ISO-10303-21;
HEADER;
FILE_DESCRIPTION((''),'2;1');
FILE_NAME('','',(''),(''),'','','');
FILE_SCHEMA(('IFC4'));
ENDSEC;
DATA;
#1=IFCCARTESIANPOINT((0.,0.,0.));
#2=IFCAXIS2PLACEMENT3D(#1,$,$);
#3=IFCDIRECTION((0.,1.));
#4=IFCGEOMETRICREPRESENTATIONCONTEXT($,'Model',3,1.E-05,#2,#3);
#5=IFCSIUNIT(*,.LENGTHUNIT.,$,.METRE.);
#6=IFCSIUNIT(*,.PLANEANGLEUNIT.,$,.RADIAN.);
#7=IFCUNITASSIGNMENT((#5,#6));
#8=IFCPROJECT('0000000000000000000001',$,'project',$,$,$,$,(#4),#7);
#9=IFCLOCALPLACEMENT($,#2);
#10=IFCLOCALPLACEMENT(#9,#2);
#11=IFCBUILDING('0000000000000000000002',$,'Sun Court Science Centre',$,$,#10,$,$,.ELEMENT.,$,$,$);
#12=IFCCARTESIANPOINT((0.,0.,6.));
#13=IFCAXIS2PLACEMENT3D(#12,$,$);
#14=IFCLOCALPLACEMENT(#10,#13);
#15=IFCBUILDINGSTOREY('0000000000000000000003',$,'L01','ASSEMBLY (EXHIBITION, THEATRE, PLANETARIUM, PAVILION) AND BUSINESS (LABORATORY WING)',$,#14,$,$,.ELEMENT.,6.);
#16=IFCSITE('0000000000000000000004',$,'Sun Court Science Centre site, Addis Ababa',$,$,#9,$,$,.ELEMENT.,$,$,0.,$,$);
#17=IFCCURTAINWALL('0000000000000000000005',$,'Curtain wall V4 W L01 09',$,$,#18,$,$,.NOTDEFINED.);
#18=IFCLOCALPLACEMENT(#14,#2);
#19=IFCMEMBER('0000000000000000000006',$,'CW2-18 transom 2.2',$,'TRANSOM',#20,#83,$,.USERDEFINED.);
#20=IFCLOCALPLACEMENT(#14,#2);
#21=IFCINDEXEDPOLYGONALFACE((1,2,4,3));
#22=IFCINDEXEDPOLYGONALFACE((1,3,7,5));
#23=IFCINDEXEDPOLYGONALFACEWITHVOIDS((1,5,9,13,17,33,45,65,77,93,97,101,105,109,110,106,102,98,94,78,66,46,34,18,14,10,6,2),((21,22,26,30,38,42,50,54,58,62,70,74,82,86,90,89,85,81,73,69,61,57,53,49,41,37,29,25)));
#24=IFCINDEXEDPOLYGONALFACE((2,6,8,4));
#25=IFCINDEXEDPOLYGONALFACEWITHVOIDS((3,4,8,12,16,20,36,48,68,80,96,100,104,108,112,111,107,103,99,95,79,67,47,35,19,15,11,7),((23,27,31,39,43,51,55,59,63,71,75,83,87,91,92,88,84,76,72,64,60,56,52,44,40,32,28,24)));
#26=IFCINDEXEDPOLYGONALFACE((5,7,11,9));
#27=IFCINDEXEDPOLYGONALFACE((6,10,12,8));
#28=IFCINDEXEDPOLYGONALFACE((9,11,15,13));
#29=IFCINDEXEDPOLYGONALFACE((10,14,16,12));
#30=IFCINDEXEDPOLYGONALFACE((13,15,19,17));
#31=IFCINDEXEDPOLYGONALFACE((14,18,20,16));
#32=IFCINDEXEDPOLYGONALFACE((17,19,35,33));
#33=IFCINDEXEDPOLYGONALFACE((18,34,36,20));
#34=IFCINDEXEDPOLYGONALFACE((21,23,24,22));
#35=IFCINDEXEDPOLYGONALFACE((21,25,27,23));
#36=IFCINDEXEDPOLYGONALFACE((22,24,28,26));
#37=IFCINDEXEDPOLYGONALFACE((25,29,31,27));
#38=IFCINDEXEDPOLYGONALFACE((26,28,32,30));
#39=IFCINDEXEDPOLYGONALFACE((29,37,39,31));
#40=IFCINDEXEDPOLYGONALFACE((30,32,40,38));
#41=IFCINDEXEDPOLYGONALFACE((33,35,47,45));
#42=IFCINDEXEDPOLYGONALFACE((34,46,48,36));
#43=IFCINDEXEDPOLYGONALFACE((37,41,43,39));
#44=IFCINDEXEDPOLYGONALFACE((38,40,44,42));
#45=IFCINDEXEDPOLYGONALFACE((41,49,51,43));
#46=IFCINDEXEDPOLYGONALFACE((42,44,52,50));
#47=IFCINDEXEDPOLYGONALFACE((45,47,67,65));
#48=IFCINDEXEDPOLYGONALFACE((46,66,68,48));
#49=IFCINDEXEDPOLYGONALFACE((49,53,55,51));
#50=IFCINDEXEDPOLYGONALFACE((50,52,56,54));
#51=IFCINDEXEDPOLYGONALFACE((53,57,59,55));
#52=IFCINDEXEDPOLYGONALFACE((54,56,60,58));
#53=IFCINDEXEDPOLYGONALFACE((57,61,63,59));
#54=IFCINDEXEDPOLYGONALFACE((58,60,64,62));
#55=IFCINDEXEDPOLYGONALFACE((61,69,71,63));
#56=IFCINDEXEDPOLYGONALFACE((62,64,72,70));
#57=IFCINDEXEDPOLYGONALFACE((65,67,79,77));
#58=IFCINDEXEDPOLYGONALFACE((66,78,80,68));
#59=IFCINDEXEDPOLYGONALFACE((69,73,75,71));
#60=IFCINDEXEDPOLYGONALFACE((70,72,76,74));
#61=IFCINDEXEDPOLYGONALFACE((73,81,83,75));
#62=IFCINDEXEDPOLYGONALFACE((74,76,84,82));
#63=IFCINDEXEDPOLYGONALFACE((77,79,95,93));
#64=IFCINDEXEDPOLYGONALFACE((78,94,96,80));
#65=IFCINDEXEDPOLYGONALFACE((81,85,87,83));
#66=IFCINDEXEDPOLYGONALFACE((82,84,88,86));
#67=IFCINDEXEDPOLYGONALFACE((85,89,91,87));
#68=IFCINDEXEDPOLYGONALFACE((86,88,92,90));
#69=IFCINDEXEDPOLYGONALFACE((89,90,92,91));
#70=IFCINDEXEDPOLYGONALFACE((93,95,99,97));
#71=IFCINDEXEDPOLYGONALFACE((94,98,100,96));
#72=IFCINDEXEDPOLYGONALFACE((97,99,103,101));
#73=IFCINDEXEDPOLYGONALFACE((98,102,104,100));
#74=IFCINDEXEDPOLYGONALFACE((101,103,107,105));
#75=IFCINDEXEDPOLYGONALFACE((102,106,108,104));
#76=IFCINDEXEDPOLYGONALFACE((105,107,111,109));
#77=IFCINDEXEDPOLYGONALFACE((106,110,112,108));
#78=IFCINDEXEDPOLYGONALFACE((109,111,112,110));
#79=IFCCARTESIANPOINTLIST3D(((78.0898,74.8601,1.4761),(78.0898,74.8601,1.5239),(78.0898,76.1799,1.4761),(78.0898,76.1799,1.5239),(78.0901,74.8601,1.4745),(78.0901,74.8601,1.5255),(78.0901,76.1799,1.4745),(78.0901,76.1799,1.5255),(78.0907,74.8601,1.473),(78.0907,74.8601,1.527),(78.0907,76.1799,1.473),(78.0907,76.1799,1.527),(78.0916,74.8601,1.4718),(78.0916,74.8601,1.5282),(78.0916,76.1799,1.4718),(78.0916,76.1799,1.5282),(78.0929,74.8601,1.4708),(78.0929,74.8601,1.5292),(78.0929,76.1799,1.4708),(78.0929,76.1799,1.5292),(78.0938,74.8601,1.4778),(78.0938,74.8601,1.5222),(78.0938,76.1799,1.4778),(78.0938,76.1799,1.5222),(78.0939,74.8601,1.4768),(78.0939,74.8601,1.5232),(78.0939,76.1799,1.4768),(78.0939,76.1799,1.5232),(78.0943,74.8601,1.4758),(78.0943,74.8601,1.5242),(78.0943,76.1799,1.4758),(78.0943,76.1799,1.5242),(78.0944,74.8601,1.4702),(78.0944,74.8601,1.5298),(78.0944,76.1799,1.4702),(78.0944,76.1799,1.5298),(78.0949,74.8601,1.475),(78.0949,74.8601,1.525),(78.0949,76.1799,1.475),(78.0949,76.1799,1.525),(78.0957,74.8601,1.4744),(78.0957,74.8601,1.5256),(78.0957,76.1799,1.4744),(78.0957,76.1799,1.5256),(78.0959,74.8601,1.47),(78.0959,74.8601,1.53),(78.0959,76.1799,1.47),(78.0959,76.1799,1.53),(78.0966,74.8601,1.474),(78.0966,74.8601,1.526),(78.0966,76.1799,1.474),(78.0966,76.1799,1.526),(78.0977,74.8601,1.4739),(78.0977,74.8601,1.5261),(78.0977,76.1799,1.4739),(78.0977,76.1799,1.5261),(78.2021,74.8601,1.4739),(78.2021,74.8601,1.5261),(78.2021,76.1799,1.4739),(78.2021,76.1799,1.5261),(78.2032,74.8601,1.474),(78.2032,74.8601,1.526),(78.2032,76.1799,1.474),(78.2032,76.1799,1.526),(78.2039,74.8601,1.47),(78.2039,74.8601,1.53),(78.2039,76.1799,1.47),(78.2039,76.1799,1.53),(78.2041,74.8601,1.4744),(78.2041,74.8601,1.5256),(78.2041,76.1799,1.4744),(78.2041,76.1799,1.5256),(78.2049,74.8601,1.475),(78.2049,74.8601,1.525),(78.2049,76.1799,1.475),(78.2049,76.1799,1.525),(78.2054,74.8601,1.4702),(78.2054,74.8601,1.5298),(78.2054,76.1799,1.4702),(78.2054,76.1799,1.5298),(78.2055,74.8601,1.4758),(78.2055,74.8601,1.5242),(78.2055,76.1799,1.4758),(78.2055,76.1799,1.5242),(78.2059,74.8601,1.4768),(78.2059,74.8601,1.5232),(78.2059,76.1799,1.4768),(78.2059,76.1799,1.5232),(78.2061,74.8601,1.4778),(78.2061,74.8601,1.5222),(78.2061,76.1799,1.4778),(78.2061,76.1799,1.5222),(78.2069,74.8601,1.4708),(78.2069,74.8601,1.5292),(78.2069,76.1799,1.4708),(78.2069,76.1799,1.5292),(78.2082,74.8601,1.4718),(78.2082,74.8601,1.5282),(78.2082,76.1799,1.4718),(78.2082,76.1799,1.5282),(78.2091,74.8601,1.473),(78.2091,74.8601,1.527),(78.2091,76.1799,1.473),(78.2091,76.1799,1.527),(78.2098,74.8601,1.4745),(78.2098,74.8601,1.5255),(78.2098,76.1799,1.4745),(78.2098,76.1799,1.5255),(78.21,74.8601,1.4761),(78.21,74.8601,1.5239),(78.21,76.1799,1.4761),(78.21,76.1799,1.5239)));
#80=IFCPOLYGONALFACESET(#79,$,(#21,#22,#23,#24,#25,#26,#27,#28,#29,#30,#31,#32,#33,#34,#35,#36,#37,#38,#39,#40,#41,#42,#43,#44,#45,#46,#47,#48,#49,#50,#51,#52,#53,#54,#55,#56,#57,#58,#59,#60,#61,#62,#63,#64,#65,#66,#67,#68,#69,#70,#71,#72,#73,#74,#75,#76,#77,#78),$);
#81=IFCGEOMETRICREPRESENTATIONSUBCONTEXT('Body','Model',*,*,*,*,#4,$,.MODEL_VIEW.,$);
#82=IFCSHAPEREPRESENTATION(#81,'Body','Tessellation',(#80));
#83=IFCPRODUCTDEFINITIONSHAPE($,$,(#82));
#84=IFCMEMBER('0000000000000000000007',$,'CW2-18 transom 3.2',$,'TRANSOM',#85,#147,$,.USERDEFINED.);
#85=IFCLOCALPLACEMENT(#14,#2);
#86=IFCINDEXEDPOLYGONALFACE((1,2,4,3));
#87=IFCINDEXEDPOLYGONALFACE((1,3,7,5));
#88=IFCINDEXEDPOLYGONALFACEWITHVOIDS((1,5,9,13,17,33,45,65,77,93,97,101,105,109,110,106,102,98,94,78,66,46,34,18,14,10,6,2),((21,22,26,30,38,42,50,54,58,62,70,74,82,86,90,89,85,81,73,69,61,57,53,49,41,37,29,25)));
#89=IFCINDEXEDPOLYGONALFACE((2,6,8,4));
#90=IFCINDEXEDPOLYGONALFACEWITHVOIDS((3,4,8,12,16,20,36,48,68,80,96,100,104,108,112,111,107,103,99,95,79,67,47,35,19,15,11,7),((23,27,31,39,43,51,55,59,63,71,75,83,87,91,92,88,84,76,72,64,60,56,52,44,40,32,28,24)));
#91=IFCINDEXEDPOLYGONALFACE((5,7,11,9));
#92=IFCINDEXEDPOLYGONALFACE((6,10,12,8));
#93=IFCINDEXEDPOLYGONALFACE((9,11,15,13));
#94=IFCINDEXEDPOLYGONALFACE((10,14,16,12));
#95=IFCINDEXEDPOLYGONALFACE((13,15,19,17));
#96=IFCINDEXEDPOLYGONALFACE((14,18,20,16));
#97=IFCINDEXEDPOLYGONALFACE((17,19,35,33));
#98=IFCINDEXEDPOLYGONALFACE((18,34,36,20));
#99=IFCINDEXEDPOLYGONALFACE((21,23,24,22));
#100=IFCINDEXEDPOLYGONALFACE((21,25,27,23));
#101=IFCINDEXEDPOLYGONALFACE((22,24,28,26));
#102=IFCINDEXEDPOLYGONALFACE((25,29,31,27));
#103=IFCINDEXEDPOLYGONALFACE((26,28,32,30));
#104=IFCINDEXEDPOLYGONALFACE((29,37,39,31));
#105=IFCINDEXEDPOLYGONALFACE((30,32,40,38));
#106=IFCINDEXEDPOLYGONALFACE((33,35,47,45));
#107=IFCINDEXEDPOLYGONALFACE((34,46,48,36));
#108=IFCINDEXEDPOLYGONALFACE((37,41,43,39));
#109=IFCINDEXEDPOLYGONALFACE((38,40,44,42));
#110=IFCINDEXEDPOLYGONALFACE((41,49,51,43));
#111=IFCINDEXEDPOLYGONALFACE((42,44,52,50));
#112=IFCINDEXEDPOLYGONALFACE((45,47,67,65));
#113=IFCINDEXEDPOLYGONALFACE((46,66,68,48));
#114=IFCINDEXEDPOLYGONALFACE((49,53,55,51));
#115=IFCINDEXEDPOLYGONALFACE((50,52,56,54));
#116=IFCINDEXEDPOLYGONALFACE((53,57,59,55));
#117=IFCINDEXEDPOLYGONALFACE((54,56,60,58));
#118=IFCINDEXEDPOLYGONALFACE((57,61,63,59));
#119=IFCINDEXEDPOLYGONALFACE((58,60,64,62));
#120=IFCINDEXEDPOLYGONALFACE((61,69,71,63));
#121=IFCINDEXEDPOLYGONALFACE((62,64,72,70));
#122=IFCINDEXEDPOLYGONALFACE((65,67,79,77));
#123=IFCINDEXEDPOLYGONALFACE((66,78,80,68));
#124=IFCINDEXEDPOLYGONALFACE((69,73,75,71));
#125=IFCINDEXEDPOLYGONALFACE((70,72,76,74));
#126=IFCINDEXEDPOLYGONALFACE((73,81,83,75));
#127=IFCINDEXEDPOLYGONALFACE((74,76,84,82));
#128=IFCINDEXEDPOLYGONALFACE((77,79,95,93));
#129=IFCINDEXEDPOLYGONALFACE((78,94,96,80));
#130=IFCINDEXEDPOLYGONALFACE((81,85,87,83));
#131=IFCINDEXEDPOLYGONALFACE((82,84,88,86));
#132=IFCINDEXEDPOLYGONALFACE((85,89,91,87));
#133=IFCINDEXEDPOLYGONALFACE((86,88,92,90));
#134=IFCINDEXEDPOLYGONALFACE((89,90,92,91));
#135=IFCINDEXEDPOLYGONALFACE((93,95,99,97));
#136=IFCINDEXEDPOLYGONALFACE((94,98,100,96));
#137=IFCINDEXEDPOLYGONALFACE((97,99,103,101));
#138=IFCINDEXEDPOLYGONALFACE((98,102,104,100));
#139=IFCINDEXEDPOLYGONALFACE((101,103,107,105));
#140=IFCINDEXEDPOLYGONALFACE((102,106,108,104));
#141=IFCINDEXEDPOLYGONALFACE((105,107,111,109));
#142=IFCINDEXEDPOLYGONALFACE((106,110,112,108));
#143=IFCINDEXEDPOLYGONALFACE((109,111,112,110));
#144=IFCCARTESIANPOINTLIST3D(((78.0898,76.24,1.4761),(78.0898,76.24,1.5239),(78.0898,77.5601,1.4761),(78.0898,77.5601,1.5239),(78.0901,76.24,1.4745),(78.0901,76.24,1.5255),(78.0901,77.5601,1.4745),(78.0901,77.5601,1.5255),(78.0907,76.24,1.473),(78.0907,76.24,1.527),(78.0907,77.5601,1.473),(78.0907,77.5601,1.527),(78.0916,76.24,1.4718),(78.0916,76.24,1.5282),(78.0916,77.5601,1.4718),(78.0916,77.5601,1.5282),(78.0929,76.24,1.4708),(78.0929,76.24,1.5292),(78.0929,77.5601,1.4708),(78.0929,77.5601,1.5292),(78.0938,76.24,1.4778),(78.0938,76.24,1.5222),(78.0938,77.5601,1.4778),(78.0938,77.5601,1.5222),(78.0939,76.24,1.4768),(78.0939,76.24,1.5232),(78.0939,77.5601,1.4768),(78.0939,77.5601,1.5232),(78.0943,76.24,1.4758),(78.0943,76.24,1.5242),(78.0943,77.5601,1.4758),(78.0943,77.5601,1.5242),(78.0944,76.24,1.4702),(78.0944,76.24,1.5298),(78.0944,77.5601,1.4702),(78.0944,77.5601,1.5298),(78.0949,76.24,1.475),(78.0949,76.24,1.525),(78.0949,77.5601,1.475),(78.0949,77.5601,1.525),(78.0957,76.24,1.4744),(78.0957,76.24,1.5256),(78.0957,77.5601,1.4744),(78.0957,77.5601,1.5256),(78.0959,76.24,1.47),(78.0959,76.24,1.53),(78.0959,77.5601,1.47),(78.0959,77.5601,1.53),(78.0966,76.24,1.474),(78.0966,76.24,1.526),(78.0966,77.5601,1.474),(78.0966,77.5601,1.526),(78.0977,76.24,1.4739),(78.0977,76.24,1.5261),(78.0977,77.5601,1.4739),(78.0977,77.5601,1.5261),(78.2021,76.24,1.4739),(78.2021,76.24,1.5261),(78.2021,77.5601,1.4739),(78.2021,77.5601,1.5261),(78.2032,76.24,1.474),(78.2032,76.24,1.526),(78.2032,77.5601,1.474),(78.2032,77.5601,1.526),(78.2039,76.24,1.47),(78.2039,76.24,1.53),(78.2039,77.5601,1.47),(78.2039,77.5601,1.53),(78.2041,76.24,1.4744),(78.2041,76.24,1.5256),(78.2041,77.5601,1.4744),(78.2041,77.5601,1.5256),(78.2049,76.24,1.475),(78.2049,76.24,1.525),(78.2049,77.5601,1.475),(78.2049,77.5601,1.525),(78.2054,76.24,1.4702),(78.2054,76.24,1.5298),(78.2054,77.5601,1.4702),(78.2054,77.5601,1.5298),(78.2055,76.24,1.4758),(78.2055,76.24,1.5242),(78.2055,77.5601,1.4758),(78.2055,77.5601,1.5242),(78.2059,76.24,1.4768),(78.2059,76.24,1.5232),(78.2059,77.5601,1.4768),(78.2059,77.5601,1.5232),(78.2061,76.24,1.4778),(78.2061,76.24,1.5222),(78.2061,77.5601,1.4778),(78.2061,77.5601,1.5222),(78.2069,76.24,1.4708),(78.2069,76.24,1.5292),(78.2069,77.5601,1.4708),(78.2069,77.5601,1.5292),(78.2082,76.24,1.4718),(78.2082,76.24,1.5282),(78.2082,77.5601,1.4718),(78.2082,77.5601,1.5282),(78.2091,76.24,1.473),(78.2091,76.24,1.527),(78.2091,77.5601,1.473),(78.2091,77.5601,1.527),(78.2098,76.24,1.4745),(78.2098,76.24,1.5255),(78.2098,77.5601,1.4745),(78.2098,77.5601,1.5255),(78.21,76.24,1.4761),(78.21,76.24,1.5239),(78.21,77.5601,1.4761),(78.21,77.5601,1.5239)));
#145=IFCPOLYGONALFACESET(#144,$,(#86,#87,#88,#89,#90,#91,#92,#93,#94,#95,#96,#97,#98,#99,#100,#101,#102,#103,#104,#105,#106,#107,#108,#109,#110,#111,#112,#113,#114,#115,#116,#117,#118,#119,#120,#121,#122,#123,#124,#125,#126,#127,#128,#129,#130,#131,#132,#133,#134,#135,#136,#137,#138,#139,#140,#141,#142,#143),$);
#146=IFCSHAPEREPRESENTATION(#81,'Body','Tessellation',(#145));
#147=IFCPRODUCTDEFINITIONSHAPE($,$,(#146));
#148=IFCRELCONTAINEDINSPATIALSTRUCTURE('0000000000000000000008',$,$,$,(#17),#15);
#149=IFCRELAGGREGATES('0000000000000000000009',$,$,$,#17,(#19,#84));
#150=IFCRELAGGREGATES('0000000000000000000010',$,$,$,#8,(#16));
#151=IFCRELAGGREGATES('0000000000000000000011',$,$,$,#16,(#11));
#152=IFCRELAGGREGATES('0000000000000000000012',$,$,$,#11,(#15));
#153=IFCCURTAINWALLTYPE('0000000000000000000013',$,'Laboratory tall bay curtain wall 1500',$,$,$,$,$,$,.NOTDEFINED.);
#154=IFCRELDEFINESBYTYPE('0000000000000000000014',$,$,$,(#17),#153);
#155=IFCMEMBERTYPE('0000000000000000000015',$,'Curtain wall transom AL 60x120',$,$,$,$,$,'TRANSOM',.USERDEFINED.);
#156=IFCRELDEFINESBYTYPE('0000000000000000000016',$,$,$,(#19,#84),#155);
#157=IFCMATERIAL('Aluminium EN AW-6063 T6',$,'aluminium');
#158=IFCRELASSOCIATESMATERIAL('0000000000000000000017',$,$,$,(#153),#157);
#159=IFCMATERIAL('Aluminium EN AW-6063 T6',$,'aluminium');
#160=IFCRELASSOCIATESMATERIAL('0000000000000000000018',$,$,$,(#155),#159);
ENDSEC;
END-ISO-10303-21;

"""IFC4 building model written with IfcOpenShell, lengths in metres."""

from ifc_helpers import new_model, si_unit, direction, frame, origin, origin_2d, place, context, subcontext, project, spatial, hollow_rectangle, extrude, material, material_profile, profile_set, type_object, element, aggregate, save


model = new_model("IFC4")

# Units and contexts
model_context = context("Model", 3, precision=1e-05, world=origin(), true_north=direction((0.0, 1.0)))
body_context = subcontext(model_context, "Body", "Model", "MODEL_VIEW")
ifc_project = project(units=[si_unit("LENGTHUNIT", "METRE"), si_unit("PLANEANGLEUNIT", "RADIAN")], contexts=[model_context])

# Site, building, storey
site_placement = place(None, origin())
site = spatial("IfcSite", under=ifc_project, at=site_placement, Name="Sun Court Science Centre site, Addis Ababa", CompositionType="ELEMENT", RefElevation=0.0)
building_placement = place(site_placement, origin())
building = spatial("IfcBuilding", under=site, at=building_placement, Name="Sun Court Science Centre", CompositionType="ELEMENT")
storey_placement = place(building_placement, frame((0.0, 0.0, 6.0)))
storey = spatial("IfcBuildingStorey", under=building, at=storey_placement, Name="L01", Description="ASSEMBLY (EXHIBITION, THEATRE, PLANETARIUM, PAVILION) AND BUSINESS (LABORATORY WING)", CompositionType="ELEMENT", Elevation=6.0)

# Shared definitions
ifc_material_1 = material(Name="Aluminium EN AW-6063 T6", Category="aluminium")
curtain_wall_type = type_object("IfcCurtainWallType", Name="Laboratory tall bay curtain wall 1500", PredefinedType="NOTDEFINED", material=ifc_material_1)

# Curtain wall
curtain_wall_1_placement = place(storey_placement, origin())
curtain_wall_1 = element("IfcCurtainWall", 1, at=curtain_wall_1_placement, inside=storey, type_object=curtain_wall_type, Name="Curtain wall V4 W L01 09", PredefinedType="NOTDEFINED")

# Members
ifc_material_2 = material(Name="Aluminium EN AW-6063 T6", Category="aluminium")
ifc_material_profile_1 = material_profile(ifc_material_2, hollow_rectangle(XDim=0.0601, YDim=0.1201, WallThickness=0.0039, InnerFilletRadius=0.0039, OuterFilletRadius=0.0061, at=origin_2d()), Name="AL 60x120x4")
ifc_profile_set_1 = profile_set([ifc_material_profile_1], Name="Aluminium EN AW-6063 T6")
member_type_1 = type_object("IfcMemberType", Name="Curtain wall transom AL 60x120", ElementType="TRANSOM", PredefinedType="USERDEFINED", material=ifc_profile_set_1)
member_1_placement = place(storey_placement, frame((78.1499, 74.8601, 1.5), z_axis=(0.0, 1.0, 0.0), x_axis=(0.0, 0.0, 1.0)))
member_1 = element("IfcMember", 2, at=member_1_placement, type_object=member_type_1, Name="CW2-18 transom 2.2", ObjectType="TRANSOM", PredefinedType="USERDEFINED", context=body_context, shape_type="SweptSolid", body=[
    extrude(hollow_rectangle(XDim=0.0601, YDim=0.1201, WallThickness=0.0039, InnerFilletRadius=0.0039, OuterFilletRadius=0.0061, at=origin_2d()), origin(), (0.0, 0.0, 1.0), 1.3198),
])
member_2_placement = place(storey_placement, frame((78.1499, 76.24, 1.5), z_axis=(0.0, 1.0, 0.0), x_axis=(0.0, 0.0, 1.0)))
member_2 = element("IfcMember", 3, at=member_2_placement, type_object=member_type_1, Name="CW2-18 transom 3.2", ObjectType="TRANSOM", PredefinedType="USERDEFINED", context=body_context, shape_type="SweptSolid", body=[
    extrude(hollow_rectangle(XDim=0.0601, YDim=0.1201, WallThickness=0.0039, InnerFilletRadius=0.0039, OuterFilletRadius=0.0061, at=origin_2d()), origin(), (0.0, 0.0, 1.0), 1.3201),
])

aggregate(curtain_wall_1, [member_1, member_2])

save(model, "model.ifc")
